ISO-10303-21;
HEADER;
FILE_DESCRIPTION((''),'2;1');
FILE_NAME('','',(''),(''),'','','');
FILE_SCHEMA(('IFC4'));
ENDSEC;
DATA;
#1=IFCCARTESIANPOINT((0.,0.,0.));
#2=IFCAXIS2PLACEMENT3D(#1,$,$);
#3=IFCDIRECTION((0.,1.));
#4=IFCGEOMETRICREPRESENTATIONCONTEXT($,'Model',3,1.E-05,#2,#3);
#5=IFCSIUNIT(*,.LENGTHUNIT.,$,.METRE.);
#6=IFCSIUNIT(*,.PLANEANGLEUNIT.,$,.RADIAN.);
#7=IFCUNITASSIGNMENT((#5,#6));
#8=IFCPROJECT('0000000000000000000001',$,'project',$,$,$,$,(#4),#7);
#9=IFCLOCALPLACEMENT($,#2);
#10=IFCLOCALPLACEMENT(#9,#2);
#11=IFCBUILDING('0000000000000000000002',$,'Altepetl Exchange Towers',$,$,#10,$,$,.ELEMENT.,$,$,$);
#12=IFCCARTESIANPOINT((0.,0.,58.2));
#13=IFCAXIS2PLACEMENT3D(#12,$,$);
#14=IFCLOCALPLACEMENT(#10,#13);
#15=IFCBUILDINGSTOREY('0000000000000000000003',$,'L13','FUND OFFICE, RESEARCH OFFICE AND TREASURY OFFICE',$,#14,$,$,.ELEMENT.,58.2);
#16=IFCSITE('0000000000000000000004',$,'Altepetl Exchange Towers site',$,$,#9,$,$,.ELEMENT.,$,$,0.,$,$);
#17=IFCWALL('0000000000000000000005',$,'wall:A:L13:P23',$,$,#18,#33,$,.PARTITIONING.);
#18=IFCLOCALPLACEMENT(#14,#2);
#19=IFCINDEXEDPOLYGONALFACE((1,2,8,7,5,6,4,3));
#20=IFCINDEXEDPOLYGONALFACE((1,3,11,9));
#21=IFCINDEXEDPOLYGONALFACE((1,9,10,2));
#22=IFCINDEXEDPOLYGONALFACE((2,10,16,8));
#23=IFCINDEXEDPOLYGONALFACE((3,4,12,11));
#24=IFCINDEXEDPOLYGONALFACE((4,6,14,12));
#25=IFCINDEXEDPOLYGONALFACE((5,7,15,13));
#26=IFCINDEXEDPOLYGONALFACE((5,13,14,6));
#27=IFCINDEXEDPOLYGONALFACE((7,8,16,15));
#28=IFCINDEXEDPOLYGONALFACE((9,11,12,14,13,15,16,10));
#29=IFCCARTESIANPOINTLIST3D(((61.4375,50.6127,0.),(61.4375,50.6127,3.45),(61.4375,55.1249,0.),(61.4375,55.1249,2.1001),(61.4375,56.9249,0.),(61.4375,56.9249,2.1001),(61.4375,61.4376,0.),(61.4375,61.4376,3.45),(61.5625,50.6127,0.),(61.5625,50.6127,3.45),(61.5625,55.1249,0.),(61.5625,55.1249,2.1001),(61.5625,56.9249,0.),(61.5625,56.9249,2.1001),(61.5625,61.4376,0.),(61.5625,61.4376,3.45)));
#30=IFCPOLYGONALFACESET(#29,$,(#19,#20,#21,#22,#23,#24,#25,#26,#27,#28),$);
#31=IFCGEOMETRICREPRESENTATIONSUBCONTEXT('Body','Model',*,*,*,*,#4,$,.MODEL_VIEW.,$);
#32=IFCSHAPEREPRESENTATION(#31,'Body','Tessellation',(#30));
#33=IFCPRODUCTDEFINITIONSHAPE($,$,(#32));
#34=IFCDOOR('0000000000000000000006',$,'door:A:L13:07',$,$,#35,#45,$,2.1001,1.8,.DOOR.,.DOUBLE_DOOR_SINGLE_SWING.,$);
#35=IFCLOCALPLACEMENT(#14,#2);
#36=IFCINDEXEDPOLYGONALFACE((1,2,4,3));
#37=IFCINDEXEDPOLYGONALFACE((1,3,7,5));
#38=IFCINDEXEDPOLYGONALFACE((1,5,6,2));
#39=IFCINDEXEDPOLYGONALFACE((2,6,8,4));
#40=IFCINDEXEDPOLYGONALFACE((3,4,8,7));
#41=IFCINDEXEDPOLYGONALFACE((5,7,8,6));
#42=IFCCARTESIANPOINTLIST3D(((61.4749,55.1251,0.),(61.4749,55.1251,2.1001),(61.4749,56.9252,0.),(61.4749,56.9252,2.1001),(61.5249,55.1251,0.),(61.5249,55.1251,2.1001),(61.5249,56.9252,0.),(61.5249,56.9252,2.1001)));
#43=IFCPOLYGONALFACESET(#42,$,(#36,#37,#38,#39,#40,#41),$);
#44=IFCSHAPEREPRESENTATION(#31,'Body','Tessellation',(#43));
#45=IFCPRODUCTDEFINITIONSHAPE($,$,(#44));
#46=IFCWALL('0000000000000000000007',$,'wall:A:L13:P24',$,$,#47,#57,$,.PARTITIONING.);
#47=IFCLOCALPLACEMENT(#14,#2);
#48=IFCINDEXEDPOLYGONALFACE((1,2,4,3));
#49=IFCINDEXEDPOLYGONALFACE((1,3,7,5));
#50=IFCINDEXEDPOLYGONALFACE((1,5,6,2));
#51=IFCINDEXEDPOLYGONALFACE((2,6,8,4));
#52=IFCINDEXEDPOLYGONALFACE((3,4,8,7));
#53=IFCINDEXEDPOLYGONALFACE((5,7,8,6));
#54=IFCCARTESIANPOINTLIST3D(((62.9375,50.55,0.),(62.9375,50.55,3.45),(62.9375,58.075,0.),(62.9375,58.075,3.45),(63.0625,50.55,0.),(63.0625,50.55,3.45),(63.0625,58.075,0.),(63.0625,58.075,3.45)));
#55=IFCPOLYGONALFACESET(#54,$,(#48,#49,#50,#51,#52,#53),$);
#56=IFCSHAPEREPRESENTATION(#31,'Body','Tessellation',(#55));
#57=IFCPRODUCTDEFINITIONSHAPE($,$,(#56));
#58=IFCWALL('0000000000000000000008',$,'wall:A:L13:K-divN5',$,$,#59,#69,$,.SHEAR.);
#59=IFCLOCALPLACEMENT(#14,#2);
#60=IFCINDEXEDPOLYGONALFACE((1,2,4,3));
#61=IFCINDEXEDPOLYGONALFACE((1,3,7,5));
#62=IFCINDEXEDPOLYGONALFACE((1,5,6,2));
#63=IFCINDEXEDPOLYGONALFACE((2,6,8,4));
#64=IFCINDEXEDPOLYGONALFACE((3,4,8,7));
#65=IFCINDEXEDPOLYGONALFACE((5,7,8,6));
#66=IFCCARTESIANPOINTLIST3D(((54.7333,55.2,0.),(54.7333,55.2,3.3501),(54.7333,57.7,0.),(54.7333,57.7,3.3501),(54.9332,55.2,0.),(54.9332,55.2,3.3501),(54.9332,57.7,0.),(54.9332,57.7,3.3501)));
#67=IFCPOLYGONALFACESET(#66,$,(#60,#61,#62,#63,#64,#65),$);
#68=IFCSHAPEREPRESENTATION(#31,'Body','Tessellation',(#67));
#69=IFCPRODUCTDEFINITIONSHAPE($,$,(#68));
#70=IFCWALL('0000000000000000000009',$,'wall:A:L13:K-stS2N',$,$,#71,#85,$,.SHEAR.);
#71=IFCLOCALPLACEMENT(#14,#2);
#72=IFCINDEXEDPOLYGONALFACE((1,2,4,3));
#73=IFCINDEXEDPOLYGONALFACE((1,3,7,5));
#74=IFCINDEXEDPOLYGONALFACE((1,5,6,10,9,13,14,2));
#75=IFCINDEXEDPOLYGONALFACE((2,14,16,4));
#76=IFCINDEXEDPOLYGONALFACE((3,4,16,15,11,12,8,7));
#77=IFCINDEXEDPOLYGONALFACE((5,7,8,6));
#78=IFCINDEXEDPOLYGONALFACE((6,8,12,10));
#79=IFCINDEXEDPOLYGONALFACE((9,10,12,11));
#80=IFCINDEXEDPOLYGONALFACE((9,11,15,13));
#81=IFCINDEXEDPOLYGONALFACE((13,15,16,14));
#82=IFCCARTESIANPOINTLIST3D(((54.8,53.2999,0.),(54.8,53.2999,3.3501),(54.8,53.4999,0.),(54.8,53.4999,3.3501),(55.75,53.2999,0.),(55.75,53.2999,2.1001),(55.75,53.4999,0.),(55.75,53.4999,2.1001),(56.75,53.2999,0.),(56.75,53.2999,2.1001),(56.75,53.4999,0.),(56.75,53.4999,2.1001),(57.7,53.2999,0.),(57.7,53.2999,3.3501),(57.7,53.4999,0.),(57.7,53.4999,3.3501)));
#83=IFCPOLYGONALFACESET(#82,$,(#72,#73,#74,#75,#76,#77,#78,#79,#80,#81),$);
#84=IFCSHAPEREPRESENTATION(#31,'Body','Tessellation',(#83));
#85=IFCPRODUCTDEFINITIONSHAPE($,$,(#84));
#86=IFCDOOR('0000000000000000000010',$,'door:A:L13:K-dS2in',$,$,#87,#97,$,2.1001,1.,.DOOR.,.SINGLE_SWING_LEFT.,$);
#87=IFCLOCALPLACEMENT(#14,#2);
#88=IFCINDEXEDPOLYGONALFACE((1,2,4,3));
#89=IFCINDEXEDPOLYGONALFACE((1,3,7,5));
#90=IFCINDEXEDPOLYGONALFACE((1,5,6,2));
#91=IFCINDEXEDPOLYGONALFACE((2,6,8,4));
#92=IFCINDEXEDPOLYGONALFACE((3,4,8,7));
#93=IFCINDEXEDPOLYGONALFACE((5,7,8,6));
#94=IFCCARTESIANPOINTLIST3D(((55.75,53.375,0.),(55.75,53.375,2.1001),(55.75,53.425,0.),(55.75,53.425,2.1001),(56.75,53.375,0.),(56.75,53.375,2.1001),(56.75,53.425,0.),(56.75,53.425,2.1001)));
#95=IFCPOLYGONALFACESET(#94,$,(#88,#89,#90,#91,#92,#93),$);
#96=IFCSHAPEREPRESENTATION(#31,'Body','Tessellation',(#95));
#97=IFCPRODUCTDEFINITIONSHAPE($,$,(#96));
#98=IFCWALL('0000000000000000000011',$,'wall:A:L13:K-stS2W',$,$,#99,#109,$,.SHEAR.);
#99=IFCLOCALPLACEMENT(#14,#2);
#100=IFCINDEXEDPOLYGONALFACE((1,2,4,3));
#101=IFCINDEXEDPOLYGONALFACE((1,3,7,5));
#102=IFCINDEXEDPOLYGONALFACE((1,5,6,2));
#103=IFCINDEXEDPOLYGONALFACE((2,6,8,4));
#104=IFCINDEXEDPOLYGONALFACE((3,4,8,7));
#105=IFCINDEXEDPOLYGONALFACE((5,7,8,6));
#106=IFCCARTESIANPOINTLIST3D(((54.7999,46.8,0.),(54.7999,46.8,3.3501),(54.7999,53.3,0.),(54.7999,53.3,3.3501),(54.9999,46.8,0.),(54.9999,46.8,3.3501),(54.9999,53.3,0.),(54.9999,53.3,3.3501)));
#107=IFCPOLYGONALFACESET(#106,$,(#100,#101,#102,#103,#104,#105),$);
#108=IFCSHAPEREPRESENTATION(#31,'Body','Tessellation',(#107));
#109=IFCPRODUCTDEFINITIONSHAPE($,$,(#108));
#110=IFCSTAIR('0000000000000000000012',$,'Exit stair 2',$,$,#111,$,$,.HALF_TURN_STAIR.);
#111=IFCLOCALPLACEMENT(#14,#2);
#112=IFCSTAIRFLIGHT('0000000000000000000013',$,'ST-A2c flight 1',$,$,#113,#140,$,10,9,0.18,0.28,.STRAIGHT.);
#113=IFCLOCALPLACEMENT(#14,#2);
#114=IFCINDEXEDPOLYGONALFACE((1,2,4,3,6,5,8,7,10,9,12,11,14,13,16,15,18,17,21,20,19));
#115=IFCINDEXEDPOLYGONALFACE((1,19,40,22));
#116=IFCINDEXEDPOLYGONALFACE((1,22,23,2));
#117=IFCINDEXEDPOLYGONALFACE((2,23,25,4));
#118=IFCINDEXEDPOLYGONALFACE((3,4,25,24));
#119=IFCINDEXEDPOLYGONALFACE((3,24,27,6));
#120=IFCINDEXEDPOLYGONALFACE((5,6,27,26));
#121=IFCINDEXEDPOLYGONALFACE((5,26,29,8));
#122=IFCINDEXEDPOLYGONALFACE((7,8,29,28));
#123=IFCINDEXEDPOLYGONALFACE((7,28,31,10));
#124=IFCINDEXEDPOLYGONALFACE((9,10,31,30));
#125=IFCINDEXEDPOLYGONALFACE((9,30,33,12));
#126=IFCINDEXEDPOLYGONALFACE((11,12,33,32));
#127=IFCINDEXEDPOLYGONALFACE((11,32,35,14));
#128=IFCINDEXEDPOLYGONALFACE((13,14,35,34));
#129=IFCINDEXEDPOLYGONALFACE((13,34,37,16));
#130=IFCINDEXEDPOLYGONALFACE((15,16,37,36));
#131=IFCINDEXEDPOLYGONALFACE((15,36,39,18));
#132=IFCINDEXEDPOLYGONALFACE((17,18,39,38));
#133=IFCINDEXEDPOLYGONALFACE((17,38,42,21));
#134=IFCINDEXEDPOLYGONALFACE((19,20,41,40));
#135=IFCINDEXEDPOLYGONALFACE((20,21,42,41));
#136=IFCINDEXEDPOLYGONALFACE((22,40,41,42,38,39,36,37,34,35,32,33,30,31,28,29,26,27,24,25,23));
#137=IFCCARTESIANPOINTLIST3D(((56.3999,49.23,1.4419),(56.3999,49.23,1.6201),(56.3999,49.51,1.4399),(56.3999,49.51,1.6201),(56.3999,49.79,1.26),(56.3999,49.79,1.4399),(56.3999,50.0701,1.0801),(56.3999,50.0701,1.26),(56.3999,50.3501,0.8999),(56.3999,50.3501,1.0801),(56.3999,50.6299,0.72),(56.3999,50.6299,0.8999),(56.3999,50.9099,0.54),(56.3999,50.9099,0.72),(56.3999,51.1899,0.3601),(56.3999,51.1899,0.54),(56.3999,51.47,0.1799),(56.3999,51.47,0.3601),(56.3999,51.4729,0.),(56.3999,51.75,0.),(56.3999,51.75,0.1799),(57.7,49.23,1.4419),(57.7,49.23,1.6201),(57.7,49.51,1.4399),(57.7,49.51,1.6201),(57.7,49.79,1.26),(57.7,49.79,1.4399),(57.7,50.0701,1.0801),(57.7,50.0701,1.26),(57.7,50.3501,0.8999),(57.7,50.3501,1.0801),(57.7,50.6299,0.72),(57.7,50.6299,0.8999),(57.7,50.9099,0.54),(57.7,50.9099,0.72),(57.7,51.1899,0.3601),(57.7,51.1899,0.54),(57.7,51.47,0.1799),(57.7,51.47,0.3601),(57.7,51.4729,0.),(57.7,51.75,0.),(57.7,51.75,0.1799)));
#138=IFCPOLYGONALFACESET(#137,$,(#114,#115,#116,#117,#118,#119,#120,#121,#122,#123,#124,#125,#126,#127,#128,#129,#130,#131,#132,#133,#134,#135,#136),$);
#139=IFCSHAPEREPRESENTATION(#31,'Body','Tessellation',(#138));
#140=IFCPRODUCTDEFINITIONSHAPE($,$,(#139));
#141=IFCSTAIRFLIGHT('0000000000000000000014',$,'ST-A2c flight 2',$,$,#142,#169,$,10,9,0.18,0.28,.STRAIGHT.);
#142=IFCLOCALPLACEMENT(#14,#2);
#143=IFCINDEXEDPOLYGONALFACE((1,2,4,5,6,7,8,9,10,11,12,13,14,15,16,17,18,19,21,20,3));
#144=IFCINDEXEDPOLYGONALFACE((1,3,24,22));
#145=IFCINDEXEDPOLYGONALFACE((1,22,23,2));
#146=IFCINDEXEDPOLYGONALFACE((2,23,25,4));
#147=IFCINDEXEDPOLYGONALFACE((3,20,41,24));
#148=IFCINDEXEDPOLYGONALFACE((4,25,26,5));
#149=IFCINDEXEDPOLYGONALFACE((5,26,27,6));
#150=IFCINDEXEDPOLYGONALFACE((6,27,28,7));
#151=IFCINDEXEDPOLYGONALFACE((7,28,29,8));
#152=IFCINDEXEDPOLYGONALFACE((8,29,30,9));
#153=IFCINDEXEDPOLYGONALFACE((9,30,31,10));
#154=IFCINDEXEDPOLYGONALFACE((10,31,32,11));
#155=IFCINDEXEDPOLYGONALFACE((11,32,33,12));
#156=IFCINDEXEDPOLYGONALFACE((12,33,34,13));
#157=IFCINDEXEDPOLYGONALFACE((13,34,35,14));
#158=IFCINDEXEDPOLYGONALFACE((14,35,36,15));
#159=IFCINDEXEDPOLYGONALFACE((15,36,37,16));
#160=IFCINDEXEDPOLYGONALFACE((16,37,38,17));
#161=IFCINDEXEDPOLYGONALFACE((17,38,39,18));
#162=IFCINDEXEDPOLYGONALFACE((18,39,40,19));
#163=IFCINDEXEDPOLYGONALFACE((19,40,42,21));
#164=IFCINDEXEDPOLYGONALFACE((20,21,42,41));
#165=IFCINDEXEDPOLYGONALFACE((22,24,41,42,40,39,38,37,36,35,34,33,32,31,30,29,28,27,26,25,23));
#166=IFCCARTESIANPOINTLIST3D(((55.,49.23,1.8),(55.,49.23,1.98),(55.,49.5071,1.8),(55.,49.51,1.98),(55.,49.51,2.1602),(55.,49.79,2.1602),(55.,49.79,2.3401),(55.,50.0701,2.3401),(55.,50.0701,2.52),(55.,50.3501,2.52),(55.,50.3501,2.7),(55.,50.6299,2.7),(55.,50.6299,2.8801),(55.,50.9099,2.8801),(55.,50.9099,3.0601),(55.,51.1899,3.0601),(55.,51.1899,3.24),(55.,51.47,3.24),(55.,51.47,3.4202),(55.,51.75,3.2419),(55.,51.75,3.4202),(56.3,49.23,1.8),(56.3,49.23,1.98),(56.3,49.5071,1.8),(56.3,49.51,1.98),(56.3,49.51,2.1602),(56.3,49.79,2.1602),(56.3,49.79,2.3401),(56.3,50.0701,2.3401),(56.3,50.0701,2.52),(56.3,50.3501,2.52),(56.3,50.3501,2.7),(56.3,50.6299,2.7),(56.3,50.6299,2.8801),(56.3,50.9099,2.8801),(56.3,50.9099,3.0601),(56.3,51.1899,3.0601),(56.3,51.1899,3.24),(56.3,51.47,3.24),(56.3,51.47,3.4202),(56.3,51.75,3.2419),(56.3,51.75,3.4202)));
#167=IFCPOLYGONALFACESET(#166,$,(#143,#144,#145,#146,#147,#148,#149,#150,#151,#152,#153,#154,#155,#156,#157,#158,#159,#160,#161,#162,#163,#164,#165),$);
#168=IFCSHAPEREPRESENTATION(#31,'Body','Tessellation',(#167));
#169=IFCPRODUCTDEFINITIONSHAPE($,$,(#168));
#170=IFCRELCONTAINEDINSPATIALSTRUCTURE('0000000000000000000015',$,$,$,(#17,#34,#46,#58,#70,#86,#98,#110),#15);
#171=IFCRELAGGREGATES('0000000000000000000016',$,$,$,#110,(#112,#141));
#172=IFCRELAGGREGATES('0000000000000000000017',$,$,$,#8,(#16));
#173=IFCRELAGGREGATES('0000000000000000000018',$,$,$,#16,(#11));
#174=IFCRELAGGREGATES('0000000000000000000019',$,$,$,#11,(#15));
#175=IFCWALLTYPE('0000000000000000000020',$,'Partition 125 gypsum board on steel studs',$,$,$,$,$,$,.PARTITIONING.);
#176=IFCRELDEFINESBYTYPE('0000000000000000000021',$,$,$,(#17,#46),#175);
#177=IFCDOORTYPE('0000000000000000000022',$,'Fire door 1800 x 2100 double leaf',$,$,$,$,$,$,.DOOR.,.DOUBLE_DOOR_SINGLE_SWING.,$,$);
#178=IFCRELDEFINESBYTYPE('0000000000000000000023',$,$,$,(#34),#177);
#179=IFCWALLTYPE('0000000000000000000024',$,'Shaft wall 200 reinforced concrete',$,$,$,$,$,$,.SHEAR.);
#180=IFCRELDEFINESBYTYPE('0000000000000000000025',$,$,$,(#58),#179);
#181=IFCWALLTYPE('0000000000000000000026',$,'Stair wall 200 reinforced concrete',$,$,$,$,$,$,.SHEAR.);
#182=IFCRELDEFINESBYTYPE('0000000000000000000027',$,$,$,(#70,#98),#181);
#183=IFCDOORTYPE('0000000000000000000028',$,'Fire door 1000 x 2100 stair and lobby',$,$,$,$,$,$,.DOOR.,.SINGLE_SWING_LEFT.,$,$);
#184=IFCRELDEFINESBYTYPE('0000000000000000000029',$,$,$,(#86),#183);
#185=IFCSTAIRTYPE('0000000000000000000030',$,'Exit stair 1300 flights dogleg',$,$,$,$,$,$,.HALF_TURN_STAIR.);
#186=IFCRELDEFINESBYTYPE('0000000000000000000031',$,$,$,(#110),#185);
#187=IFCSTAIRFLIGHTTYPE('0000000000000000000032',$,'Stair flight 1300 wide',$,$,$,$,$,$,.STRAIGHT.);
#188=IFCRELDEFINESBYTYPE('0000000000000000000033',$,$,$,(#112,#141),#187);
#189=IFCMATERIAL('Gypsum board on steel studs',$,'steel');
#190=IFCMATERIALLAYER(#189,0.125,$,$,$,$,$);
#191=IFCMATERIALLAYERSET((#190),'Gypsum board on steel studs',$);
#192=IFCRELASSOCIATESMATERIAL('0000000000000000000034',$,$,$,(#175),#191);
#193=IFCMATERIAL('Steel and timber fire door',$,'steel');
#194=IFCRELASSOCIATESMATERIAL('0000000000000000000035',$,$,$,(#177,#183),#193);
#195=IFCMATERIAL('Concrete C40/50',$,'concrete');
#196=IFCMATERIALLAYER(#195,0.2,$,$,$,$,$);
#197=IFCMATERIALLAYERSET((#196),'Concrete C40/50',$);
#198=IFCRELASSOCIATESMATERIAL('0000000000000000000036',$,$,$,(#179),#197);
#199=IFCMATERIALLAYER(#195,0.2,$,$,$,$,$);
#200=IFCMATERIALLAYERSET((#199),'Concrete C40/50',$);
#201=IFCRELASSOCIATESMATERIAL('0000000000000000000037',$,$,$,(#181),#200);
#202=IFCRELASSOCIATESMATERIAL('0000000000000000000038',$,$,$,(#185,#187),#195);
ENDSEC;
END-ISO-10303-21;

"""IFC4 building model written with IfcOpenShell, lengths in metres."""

from ifc_helpers import new_model, si_unit, direction, frame, frame_2d, origin, place, context, subcontext, project, spatial, polyline, rectangle, outline, extrude, material, layer, layer_set, type_object, element, fill, aggregate, save


model = new_model("IFC4")

# Units and contexts
model_context = context("Model", 3, precision=1e-05, world=origin(), true_north=direction((0.0, 1.0)))
body_context = subcontext(model_context, "Body", "Model", "MODEL_VIEW")
ifc_project = project(units=[si_unit("LENGTHUNIT", "METRE"), si_unit("PLANEANGLEUNIT", "RADIAN")], contexts=[model_context])

# Site, building, storey
site_placement = place(None, origin())
site = spatial("IfcSite", under=ifc_project, at=site_placement, Name="Altepetl Exchange Towers site", CompositionType="ELEMENT", RefElevation=0.0)
building_placement = place(site_placement, origin())
building = spatial("IfcBuilding", under=site, at=building_placement, Name="Altepetl Exchange Towers", CompositionType="ELEMENT")
storey_placement = place(building_placement, frame((0.0, 0.0, 58.2)))
storey = spatial("IfcBuildingStorey", under=building, at=storey_placement, Name="L13", Description="FUND OFFICE, RESEARCH OFFICE AND TREASURY OFFICE", CompositionType="ELEMENT", Elevation=58.2)

# Wall, opening, door
ifc_material_1 = material(Name="Gypsum board on steel studs", Category="steel")
ifc_layer_1 = layer(ifc_material_1, 0.125)
ifc_layer_set_1 = layer_set([ifc_layer_1], Name="Gypsum board on steel studs")
wall_type_1 = type_object("IfcWallType", Name="Partition 125 gypsum board on steel studs", PredefinedType="PARTITIONING", material=ifc_layer_set_1)
ifc_material_2 = material(Name="Steel and timber fire door", Category="steel")
door_type_1 = type_object("IfcDoorType", Name="Fire door 1800 x 2100 double leaf", OperationType="DOUBLE_DOOR_SINGLE_SWING", PredefinedType="DOOR", material=ifc_material_2)
wall_1_placement = place(storey_placement, frame((61.5, 50.6125, 0.0), z_axis=(0.0, 0.0, 1.0), x_axis=(0.0, 1.0, 0.0)))
wall_1 = element("IfcWall", 1, at=wall_1_placement, inside=storey, type_object=wall_type_1, Name="wall:A:L13:P23", PredefinedType="PARTITIONING", context=body_context, shape_type="SweptSolid", body=[
    extrude(rectangle(XDim=10.825, YDim=0.125, at=frame_2d((5.4126, 0.0))), origin(), (0.0, 0.0, 1.0), 3.45),
])
opening_1_placement = place(wall_1_placement, frame((4.5125, 0.0, 0.0)))
opening_1 = element("IfcOpeningElement", 2, at=opening_1_placement, cuts=wall_1, PredefinedType="OPENING", context=body_context, shape_type="SweptSolid", body=[
    extrude(rectangle(XDim=1.8, YDim=2.1001, at=frame_2d((0.8999, 1.05))), frame((0.0, 0.0725, 0.0), z_axis=(0.0, -1.0, 0.0), x_axis=(1.0, 0.0, 0.0)), (0.0, 0.0, 1.0), 0.145),
])
door_1_placement = place(opening_1_placement, frame((1.8, 0.0, 0.0), x_axis=(-1.0, 0.0, 0.0)))
door_1 = element("IfcDoor", 3, at=door_1_placement, inside=storey, type_object=door_type_1, Name="door:A:L13:07", OperationType="DOUBLE_DOOR_SINGLE_SWING", OverallHeight=2.1001, OverallWidth=1.8, PredefinedType="DOOR", context=body_context, shape_type="SweptSolid", body=[
    extrude(rectangle(XDim=1.8, YDim=2.1001, at=frame_2d((0.8999, 1.05))), frame((0.0, 0.0249, 0.0), z_axis=(0.0, -1.0, 0.0), x_axis=(1.0, 0.0, 0.0)), (0.0, 0.0, 1.0), 0.05),
])
fill(opening_1, door_1)

# Walls
wall_2_placement = place(storey_placement, frame((63.0, 50.55, 0.0), z_axis=(0.0, 0.0, 1.0), x_axis=(0.0, 1.0, 0.0)))
element("IfcWall", 4, at=wall_2_placement, inside=storey, type_object=wall_type_1, Name="wall:A:L13:P24", PredefinedType="PARTITIONING", context=body_context, shape_type="SweptSolid", body=[
    extrude(rectangle(XDim=7.5249, YDim=0.125, at=frame_2d((3.7625, 0.0))), origin(), (0.0, 0.0, 1.0), 3.45),
])
ifc_material_3 = material(Name="Concrete C40/50", Category="concrete")
ifc_layer_2 = layer(ifc_material_3, 0.2)
ifc_layer_set_2 = layer_set([ifc_layer_2], Name="Concrete C40/50")
wall_type_2 = type_object("IfcWallType", Name="Shaft wall 200 reinforced concrete", PredefinedType="SHEAR", material=ifc_layer_set_2)
wall_3_placement = place(storey_placement, frame((54.8333, 57.7, 0.0), z_axis=(0.0, 0.0, 1.0), x_axis=(0.0, -1.0, 0.0)))
element("IfcWall", 5, at=wall_3_placement, inside=storey, type_object=wall_type_2, Name="wall:A:L13:K-divN5", PredefinedType="SHEAR", context=body_context, shape_type="SweptSolid", body=[
    extrude(rectangle(XDim=2.5, YDim=0.2, at=frame_2d((1.25, 0.0))), origin(), (0.0, 0.0, 1.0), 3.3501),
])

# Wall, opening, door
ifc_layer_3 = layer(ifc_material_3, 0.2)
ifc_layer_set_3 = layer_set([ifc_layer_3], Name="Concrete C40/50")
wall_type_3 = type_object("IfcWallType", Name="Stair wall 200 reinforced concrete", PredefinedType="SHEAR", material=ifc_layer_set_3)
wall_4_placement = place(storey_placement, frame((54.8, 53.3999, 0.0)))
wall_4 = element("IfcWall", 6, at=wall_4_placement, inside=storey, type_object=wall_type_3, Name="wall:A:L13:K-stS2N", PredefinedType="SHEAR", context=body_context, shape_type="SweptSolid", body=[
    extrude(rectangle(XDim=2.8999, YDim=0.2, at=frame_2d((1.45, 0.0))), origin(), (0.0, 0.0, 1.0), 3.3501),
])
opening_2_placement = place(wall_4_placement, frame((0.95, 0.0, 0.0)))
opening_2 = element("IfcOpeningElement", 7, at=opening_2_placement, cuts=wall_4, PredefinedType="OPENING", context=body_context, shape_type="SweptSolid", body=[
    extrude(rectangle(XDim=1.0, YDim=2.1001, at=frame_2d((0.5, 1.05))), frame((0.0, 0.1099, 0.0), z_axis=(0.0, -1.0, 0.0), x_axis=(1.0, 0.0, 0.0)), (0.0, 0.0, 1.0), 0.22),
])
door_type_2 = type_object("IfcDoorType", Name="Fire door 1000 x 2100 stair and lobby", OperationType="SINGLE_SWING_LEFT", PredefinedType="DOOR", material=ifc_material_2)
door_2_placement = place(opening_2_placement, frame((1.0, 0.0, 0.0), x_axis=(-1.0, 0.0, 0.0)))
door_2 = element("IfcDoor", 8, at=door_2_placement, inside=storey, type_object=door_type_2, Name="door:A:L13:K-dS2in", OperationType="SINGLE_SWING_LEFT", OverallHeight=2.1001, OverallWidth=1.0, PredefinedType="DOOR", context=body_context, shape_type="SweptSolid", body=[
    extrude(rectangle(XDim=1.0, YDim=2.1001, at=frame_2d((0.5, 1.05))), frame((0.0, 0.0249, 0.0), z_axis=(0.0, -1.0, 0.0), x_axis=(1.0, 0.0, 0.0)), (0.0, 0.0, 1.0), 0.05),
])
fill(opening_2, door_2)

# Wall
wall_5_placement = place(storey_placement, frame((54.8999, 46.8, 0.0), z_axis=(0.0, 0.0, 1.0), x_axis=(0.0, 1.0, 0.0)))
element("IfcWall", 9, at=wall_5_placement, inside=storey, type_object=wall_type_3, Name="wall:A:L13:K-stS2W", PredefinedType="SHEAR", context=body_context, shape_type="SweptSolid", body=[
    extrude(rectangle(XDim=6.5, YDim=0.2, at=frame_2d((3.25, 0.0))), origin(), (0.0, 0.0, 1.0), 3.3501),
])

# Stair, stair flights
stair_type = type_object("IfcStairType", Name="Exit stair 1300 flights dogleg", PredefinedType="HALF_TURN_STAIR", material=ifc_material_3)
stair_placement = place(storey_placement, origin())
stair = element("IfcStair", 10, at=stair_placement, inside=storey, type_object=stair_type, Name="Exit stair 2", PredefinedType="HALF_TURN_STAIR")
stair_flight_type = type_object("IfcStairFlightType", Name="Stair flight 1300 wide", PredefinedType="STRAIGHT", material=ifc_material_3)
stair_flight_1_placement = place(storey_placement, frame((57.05, 51.75, 0.0), z_axis=(0.0, 0.0, 1.0), x_axis=(0.0, -1.0, 0.0)))
stair_flight_1 = element("IfcStairFlight", 11, at=stair_flight_1_placement, type_object=stair_flight_type, Name="ST-A2c flight 1", NumberOfRisers=10, NumberOfTreads=9, PredefinedType="STRAIGHT", RiserHeight=0.18, TreadLength=0.28, context=body_context, shape_type="SweptSolid", body=[
    extrude(outline(polyline([(0.0, 0.0), (0.0, 0.1799), (0.28, 0.1799), (0.28, 0.3601), (0.5601, 0.3601), (0.5601, 0.54), (0.8401, 0.54), (0.8401, 0.72), (1.1201, 0.72), (1.1201, 0.8999), (1.3999, 0.8999), (1.3999, 1.0801), (1.6799, 1.0801), (1.6799, 1.26), (1.96, 1.26), (1.96, 1.4399), (2.24, 1.4399), (2.24, 1.6201), (2.52, 1.6201), (2.52, 1.8), (2.52, 1.4419), (0.2771, 0.0), (0.0, 0.0)])), frame((0.0, 0.6499, 0.0), z_axis=(0.0, -1.0, 0.0), x_axis=(1.0, 0.0, 0.0)), (0.0, 0.0, 1.0), 1.3),
])
stair_flight_2_placement = place(storey_placement, frame((55.6499, 49.23, 1.8), z_axis=(0.0, 0.0, 1.0), x_axis=(0.0, 1.0, 0.0)))
stair_flight_2 = element("IfcStairFlight", 12, at=stair_flight_2_placement, type_object=stair_flight_type, Name="ST-A2c flight 2", NumberOfRisers=10, NumberOfTreads=9, PredefinedType="STRAIGHT", RiserHeight=0.18, TreadLength=0.28, context=body_context, shape_type="SweptSolid", body=[
    extrude(outline(polyline([(0.0, 0.0), (0.0, 0.1799), (0.28, 0.1799), (0.28, 0.3601), (0.5601, 0.3601), (0.5601, 0.54), (0.8401, 0.54), (0.8401, 0.72), (1.1201, 0.72), (1.1201, 0.8999), (1.3999, 0.8999), (1.3999, 1.0801), (1.6799, 1.0801), (1.6799, 1.26), (1.96, 1.26), (1.96, 1.4399), (2.24, 1.4399), (2.24, 1.6201), (2.52, 1.6201), (2.52, 1.8), (2.52, 1.4419), (0.2771, 0.0), (0.0, 0.0)])), frame((0.0, 0.6499, 0.0), z_axis=(0.0, -1.0, 0.0), x_axis=(1.0, 0.0, 0.0)), (0.0, 0.0, 1.0), 1.3),
])
aggregate(stair, [stair_flight_1, stair_flight_2])

save(model, "model.ifc")
